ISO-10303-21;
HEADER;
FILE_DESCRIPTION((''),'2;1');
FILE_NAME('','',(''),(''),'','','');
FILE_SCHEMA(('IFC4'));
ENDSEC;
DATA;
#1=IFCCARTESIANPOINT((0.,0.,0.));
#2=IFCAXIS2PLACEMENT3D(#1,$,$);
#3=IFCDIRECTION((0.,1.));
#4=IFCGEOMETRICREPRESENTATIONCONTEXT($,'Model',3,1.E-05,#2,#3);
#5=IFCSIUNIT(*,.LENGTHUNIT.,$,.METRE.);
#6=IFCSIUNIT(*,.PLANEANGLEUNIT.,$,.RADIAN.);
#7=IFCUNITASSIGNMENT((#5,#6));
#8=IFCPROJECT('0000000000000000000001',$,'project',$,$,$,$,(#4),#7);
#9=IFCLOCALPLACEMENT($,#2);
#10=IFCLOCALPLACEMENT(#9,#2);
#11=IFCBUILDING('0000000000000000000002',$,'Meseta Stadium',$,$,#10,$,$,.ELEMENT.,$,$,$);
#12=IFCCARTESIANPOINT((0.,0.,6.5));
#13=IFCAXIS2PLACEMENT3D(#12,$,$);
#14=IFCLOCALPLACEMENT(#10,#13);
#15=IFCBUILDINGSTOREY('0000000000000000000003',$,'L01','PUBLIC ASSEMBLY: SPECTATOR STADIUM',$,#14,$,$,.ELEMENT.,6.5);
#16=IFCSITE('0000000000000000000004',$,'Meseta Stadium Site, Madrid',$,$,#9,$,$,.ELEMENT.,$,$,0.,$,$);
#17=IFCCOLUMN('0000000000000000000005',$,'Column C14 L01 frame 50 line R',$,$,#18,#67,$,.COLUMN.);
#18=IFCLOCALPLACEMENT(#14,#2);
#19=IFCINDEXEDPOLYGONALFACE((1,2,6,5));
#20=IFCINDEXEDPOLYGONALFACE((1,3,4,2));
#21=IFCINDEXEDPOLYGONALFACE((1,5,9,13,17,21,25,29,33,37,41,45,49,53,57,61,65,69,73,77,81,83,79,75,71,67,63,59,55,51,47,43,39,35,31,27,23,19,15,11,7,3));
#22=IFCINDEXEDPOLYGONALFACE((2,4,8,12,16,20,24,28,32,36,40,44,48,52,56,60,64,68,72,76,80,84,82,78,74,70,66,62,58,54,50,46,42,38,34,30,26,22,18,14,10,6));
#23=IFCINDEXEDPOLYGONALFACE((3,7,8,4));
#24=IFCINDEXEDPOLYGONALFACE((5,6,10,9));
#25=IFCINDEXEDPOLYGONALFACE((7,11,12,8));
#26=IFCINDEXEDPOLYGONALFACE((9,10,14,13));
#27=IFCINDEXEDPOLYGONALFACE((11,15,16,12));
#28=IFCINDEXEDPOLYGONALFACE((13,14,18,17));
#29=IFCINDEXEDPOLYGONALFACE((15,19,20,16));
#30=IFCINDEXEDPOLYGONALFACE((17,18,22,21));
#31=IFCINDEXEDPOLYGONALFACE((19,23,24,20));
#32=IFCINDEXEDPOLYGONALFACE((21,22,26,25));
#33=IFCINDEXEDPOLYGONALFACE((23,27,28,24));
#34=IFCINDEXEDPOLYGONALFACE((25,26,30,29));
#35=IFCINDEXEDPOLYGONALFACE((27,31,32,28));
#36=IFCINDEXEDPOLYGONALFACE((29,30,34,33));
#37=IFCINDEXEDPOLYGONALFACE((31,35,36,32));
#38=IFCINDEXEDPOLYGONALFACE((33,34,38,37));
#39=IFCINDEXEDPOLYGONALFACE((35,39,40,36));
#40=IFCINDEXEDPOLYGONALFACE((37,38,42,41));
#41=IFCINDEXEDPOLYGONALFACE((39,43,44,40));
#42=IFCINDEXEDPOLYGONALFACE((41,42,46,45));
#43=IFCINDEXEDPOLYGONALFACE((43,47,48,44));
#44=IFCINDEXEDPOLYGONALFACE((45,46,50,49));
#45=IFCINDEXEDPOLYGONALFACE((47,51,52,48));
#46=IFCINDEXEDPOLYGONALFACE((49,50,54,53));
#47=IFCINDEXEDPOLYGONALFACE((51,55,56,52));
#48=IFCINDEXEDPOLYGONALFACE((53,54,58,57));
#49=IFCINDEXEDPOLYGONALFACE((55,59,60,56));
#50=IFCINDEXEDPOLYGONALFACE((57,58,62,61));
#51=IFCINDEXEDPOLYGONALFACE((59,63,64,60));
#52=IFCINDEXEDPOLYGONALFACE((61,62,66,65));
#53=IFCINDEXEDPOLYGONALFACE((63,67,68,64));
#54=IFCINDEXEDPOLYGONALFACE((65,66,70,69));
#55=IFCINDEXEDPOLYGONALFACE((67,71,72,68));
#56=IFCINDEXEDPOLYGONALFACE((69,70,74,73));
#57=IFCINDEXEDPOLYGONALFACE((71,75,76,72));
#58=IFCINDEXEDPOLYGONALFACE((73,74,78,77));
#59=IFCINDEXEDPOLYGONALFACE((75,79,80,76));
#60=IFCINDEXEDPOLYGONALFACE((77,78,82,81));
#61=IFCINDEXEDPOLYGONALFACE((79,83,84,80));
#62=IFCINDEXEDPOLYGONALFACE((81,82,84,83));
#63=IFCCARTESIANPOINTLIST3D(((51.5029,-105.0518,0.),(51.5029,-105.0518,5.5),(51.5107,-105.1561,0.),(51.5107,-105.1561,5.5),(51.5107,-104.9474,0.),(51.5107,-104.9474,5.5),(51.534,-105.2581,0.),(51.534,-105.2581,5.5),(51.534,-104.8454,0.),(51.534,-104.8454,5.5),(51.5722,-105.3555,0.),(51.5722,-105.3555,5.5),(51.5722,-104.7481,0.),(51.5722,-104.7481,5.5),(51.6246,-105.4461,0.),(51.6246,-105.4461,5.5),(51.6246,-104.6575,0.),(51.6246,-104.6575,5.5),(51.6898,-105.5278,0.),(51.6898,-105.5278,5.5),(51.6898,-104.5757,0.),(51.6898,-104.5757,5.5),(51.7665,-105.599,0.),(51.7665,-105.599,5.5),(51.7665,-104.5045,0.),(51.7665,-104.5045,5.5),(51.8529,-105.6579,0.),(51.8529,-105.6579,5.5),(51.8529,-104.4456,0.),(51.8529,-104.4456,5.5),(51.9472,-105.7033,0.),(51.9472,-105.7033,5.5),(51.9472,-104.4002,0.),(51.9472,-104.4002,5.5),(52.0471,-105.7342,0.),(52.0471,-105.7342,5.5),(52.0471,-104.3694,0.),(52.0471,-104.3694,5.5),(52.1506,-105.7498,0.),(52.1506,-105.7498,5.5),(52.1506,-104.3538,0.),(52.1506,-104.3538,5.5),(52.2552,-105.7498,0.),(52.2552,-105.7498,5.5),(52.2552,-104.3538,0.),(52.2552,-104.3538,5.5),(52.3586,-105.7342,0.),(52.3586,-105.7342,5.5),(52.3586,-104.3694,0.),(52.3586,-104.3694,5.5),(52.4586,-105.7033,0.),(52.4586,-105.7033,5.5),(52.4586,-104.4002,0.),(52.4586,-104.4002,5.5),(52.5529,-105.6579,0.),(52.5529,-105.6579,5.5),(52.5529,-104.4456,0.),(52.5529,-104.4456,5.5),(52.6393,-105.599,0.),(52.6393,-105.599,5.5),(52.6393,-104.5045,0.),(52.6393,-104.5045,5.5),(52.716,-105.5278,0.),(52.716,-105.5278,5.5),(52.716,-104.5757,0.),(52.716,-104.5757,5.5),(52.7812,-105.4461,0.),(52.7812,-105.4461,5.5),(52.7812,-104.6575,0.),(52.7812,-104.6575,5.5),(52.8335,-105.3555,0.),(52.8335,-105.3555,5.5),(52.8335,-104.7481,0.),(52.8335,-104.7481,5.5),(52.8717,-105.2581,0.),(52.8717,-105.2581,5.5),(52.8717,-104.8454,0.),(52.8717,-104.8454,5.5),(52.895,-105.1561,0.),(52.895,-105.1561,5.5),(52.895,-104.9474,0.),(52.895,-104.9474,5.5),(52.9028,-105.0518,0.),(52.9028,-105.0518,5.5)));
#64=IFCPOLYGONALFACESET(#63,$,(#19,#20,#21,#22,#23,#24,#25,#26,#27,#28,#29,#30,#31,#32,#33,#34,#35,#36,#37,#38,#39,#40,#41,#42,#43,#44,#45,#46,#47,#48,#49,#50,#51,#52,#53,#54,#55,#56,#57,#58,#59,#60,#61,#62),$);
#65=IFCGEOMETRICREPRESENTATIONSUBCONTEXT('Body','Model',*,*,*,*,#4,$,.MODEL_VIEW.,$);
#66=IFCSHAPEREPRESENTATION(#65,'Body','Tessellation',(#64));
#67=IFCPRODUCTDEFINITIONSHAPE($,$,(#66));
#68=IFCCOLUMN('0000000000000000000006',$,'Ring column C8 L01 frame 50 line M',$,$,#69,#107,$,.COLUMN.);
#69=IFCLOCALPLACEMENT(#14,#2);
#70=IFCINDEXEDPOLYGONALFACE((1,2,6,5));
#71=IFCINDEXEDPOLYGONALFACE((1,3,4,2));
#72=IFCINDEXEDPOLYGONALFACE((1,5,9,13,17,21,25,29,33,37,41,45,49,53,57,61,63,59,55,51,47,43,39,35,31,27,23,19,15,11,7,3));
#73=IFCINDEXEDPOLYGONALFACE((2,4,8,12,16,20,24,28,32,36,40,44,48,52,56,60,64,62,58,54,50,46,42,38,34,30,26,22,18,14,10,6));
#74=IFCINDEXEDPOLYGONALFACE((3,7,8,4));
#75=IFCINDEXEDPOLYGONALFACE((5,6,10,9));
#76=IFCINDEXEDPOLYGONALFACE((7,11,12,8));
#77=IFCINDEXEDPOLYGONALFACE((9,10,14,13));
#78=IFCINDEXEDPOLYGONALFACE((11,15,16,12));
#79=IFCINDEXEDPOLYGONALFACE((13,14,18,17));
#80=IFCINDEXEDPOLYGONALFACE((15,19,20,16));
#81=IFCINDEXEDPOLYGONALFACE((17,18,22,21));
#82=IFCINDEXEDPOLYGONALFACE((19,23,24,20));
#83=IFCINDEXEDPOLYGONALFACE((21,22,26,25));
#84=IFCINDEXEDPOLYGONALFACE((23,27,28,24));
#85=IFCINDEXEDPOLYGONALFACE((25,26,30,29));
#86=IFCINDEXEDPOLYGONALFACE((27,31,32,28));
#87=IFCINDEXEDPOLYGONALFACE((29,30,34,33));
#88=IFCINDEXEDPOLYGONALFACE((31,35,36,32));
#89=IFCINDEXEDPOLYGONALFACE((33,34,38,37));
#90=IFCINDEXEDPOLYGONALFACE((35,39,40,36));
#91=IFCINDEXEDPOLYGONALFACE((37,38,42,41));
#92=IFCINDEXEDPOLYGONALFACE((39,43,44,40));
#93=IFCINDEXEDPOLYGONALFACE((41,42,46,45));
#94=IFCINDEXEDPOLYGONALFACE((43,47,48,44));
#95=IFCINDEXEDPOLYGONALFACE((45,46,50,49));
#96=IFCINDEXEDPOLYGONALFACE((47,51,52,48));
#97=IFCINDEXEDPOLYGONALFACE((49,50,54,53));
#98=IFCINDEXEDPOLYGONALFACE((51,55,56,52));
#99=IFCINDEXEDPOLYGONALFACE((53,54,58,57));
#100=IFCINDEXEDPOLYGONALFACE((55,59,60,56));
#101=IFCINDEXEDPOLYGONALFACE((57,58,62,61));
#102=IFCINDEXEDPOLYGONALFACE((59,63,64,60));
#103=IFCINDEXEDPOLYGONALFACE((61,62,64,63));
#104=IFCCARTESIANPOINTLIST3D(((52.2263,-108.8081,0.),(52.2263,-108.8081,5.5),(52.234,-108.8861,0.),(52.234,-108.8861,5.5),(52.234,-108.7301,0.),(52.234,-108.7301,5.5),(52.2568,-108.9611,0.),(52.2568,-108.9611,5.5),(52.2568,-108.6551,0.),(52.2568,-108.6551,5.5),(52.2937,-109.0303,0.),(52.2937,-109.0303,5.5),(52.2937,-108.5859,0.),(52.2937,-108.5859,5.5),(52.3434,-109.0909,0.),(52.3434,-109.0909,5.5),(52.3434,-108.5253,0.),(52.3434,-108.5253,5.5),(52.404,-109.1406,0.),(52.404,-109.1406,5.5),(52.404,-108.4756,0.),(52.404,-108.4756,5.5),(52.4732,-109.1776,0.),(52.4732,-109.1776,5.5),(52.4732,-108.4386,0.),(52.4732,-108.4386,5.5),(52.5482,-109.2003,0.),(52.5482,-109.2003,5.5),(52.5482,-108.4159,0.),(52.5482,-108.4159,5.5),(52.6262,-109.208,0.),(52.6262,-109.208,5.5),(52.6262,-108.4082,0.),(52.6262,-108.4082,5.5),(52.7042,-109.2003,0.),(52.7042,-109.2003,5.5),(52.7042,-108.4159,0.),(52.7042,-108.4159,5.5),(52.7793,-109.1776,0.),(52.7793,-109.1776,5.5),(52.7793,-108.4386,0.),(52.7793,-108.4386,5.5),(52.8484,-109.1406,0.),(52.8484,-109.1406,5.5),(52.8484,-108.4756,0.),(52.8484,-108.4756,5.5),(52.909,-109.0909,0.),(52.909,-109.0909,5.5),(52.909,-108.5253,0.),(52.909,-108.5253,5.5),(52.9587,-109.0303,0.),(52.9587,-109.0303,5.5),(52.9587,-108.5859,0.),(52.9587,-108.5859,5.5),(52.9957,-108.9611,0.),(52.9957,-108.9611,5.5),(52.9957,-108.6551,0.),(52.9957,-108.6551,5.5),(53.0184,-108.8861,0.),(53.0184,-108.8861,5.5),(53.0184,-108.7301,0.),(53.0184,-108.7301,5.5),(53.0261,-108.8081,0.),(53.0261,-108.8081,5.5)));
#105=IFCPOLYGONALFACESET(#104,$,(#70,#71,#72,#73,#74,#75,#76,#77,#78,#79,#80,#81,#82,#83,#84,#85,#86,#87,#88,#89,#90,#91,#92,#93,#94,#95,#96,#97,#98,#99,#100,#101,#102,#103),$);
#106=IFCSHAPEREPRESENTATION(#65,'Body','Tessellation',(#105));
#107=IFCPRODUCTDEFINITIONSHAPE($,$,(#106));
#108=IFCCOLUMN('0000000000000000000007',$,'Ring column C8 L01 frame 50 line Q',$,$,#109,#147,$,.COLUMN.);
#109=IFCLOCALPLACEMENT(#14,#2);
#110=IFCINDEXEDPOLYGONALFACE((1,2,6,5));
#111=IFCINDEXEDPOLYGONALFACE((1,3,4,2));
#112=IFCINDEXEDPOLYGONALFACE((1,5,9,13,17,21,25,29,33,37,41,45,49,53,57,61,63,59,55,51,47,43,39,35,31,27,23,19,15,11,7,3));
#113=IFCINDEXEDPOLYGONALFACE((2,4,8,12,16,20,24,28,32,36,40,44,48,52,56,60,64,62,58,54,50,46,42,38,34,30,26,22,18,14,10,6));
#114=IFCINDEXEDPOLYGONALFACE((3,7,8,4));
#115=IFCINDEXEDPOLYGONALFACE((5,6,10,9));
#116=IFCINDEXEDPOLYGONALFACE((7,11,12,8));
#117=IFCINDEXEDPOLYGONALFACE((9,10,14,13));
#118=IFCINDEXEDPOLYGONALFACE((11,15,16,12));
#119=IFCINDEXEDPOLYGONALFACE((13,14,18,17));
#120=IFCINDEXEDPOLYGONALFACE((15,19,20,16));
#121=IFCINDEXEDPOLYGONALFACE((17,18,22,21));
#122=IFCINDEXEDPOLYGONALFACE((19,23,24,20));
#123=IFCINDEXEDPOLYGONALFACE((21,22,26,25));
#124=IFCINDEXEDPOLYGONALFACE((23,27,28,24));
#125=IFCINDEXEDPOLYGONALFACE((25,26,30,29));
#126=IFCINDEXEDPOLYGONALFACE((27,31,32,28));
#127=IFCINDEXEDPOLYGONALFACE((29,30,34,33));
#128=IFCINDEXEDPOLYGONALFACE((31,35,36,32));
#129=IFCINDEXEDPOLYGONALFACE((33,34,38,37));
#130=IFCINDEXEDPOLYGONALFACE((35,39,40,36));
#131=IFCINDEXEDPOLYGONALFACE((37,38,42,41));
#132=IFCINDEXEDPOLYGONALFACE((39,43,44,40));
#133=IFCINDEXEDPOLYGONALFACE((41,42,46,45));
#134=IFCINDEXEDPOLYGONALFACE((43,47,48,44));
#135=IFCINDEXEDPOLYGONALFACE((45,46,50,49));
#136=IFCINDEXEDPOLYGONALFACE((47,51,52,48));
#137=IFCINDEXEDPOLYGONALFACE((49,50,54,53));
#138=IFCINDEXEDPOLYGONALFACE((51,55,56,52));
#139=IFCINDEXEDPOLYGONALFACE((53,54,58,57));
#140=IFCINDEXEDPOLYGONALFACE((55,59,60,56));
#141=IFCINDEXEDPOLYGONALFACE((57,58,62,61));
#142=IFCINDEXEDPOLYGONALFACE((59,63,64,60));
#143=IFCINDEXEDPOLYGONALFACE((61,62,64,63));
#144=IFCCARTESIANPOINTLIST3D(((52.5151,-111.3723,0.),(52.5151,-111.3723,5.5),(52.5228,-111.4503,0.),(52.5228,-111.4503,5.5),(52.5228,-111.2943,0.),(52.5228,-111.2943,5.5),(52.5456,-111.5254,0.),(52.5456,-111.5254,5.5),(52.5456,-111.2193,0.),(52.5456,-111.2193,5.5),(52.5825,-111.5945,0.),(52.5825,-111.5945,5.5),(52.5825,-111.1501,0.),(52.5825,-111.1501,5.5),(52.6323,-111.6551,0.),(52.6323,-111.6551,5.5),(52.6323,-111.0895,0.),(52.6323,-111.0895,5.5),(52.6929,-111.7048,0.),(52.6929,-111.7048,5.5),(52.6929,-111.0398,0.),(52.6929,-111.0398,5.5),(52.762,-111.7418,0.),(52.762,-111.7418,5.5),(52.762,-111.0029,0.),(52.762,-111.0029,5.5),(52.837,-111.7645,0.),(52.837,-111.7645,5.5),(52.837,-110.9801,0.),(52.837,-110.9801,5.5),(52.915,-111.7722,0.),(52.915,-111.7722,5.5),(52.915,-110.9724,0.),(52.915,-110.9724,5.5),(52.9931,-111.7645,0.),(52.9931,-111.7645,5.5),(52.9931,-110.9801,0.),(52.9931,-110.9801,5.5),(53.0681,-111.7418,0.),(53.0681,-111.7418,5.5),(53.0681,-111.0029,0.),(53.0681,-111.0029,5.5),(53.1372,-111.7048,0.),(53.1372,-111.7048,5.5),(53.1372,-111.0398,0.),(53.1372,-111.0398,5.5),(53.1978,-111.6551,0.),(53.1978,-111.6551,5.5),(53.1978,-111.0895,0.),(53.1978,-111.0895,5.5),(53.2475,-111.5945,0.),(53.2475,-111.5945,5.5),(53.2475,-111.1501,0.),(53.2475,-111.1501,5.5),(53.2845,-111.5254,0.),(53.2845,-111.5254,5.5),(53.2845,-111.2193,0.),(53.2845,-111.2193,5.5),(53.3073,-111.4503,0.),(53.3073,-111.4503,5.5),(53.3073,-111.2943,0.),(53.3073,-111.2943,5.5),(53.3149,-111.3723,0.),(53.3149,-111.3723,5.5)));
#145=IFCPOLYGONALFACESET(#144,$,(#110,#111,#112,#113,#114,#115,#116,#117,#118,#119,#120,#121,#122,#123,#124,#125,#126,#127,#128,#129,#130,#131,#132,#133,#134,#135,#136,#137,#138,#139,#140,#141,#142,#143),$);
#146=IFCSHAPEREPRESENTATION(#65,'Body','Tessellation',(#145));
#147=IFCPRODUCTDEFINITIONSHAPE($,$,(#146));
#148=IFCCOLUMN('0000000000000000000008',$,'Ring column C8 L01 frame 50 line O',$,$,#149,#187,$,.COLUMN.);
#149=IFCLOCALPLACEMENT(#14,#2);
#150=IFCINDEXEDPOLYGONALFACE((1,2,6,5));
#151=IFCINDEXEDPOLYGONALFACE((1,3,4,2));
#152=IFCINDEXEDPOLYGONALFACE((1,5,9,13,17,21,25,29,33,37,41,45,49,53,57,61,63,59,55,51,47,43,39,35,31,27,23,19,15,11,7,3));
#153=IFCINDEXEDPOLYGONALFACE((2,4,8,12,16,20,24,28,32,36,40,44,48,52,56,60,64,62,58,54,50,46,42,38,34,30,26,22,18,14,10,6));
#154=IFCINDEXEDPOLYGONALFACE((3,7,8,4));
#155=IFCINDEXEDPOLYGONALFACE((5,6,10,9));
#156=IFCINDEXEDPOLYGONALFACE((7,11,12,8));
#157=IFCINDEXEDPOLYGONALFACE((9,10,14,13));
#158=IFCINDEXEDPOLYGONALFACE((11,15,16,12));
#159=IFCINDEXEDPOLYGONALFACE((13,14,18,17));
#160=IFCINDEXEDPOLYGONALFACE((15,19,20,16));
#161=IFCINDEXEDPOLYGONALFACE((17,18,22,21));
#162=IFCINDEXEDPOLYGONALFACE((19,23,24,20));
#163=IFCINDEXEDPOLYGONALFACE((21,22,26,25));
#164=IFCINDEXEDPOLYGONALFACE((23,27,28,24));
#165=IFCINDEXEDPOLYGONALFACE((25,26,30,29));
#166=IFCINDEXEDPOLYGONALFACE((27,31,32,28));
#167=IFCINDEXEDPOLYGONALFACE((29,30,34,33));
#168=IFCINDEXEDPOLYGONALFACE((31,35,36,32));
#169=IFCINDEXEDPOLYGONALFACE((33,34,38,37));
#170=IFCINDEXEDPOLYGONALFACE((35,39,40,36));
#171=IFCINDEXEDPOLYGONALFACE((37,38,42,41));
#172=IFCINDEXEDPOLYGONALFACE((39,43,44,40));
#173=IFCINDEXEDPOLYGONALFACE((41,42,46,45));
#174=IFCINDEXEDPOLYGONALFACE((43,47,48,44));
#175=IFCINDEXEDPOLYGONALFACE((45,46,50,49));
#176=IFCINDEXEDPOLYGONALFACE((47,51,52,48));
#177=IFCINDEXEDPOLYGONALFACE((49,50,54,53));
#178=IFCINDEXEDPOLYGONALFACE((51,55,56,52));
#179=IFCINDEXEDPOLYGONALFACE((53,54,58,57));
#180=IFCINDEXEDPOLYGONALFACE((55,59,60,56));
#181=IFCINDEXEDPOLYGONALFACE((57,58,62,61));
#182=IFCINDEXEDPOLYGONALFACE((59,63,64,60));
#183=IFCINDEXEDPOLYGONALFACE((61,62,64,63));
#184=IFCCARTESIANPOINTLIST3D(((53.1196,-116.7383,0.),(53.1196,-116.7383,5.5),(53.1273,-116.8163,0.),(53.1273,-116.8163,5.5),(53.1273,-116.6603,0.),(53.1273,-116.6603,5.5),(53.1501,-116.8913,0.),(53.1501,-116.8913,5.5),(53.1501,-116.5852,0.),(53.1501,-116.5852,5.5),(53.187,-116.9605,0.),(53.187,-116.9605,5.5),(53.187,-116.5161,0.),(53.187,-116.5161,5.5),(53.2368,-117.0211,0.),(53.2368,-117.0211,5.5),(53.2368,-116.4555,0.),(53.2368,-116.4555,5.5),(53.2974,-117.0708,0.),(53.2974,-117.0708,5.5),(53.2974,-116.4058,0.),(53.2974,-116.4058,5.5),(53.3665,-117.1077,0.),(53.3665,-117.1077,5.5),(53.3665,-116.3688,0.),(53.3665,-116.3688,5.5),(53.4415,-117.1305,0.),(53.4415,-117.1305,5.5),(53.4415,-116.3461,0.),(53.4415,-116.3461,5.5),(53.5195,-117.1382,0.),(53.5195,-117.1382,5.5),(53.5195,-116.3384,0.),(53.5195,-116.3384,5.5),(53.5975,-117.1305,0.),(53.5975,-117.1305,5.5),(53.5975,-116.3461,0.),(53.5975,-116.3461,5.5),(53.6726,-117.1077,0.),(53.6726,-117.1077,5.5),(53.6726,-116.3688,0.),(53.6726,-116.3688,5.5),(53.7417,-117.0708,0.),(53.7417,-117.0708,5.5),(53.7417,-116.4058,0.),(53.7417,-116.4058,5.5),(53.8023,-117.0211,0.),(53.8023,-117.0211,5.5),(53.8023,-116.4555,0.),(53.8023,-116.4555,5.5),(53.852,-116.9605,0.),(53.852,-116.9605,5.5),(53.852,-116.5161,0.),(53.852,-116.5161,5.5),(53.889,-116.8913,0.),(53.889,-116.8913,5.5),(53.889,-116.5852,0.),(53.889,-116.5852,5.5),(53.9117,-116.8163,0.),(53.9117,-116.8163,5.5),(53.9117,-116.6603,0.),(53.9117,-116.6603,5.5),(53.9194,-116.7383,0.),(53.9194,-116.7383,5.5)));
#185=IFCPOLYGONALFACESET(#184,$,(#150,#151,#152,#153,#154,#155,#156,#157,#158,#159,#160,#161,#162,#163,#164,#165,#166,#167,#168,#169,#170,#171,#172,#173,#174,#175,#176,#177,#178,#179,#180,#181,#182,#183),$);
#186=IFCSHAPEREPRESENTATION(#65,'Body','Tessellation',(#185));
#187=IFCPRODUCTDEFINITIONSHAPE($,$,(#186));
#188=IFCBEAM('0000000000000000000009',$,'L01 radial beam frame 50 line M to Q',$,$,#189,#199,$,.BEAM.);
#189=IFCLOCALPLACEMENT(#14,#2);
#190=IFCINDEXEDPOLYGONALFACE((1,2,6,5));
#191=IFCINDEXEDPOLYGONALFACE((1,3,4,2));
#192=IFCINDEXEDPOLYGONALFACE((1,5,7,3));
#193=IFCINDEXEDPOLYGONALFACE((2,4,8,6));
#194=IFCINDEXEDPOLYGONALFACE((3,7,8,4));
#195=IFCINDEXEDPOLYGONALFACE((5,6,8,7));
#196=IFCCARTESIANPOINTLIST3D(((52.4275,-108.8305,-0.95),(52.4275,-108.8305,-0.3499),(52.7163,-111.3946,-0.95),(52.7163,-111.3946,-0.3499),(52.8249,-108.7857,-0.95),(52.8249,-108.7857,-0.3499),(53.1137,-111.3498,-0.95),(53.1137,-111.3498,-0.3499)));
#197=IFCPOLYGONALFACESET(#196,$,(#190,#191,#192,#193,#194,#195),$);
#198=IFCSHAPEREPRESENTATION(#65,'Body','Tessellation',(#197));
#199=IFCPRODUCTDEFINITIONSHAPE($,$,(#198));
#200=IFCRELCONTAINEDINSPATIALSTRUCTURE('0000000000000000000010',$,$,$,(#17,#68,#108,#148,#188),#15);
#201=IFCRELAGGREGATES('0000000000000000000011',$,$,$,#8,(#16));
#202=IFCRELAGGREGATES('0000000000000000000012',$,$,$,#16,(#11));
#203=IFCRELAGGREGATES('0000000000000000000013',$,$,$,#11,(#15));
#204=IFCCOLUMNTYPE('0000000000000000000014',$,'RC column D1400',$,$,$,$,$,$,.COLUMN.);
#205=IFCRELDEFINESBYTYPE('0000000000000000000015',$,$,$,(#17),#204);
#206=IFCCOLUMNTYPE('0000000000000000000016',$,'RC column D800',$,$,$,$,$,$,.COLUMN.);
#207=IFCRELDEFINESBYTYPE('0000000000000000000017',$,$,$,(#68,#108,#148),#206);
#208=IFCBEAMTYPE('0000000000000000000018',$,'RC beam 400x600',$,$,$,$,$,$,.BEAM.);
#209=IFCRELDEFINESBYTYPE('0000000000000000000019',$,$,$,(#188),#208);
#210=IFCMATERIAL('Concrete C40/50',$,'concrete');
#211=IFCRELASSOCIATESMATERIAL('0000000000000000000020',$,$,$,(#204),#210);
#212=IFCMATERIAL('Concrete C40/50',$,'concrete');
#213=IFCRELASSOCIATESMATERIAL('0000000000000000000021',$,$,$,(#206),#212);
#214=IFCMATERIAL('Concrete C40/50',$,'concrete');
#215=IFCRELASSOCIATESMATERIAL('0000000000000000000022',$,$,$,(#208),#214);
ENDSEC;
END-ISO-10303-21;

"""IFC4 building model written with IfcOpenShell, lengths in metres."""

from ifc_helpers import new_model, si_unit, direction, frame, origin, origin_2d, place, context, subcontext, project, spatial, rectangle, circle, extrude, material, material_profile, profile_set, type_object, element, save


model = new_model("IFC4")

# Units and contexts
model_context = context("Model", 3, precision=1e-05, world=origin(), true_north=direction((0.0, 1.0)))
body_context = subcontext(model_context, "Body", "Model", "MODEL_VIEW")
ifc_project = project(units=[si_unit("LENGTHUNIT", "METRE"), si_unit("PLANEANGLEUNIT", "RADIAN")], contexts=[model_context])

# Site, building, storey
site_placement = place(None, origin())
site = spatial("IfcSite", under=ifc_project, at=site_placement, Name="Meseta Stadium Site, Madrid", CompositionType="ELEMENT", RefElevation=0.0)
building_placement = place(site_placement, origin())
building = spatial("IfcBuilding", under=site, at=building_placement, Name="Meseta Stadium", CompositionType="ELEMENT")
storey_placement = place(building_placement, frame((0.0, 0.0, 6.5)))
storey = spatial("IfcBuildingStorey", under=building, at=storey_placement, Name="L01", Description="PUBLIC ASSEMBLY: SPECTATOR STADIUM", CompositionType="ELEMENT", Elevation=6.5)

# Columns
ifc_material_1 = material(Name="Concrete C40/50", Category="concrete")
ifc_material_profile_1 = material_profile(ifc_material_1, circle(Radius=0.7, at=origin_2d()), Name="RC D1400")
ifc_profile_set_1 = profile_set([ifc_material_profile_1], Name="Concrete C40/50")
column_type_1 = type_object("IfcColumnType", Name="RC column D1400", PredefinedType="COLUMN", material=ifc_profile_set_1)
column_placement = place(storey_placement, frame((52.2029, -105.0518, 0.0), z_axis=(0.0, 0.0, 1.0), x_axis=(1.0, 0.0, 0.0)))
element("IfcColumn", 1, at=column_placement, inside=storey, type_object=column_type_1, Name="Column C14 L01 frame 50 line R", PredefinedType="COLUMN", context=body_context, shape_type="SweptSolid", body=[
    extrude(circle(Radius=0.7, at=origin_2d()), origin(), (0.0, 0.0, 1.0), 5.5),
])
ifc_material_2 = material(Name="Concrete C40/50", Category="concrete")
ifc_material_profile_2 = material_profile(ifc_material_2, circle(Radius=0.3999, at=origin_2d()), Name="RC D800")
ifc_profile_set_2 = profile_set([ifc_material_profile_2], Name="Concrete C40/50")
column_type_2 = type_object("IfcColumnType", Name="RC column D800", PredefinedType="COLUMN", material=ifc_profile_set_2)
for number, where, z_axis, x_axis, name in (
    (2, (52.6262, -108.8081, 0.0), (0.0, 0.0, 1.0), (1.0, 0.0, 0.0), "Ring column C8 L01 frame 50 line M"),
    (3, (52.915, -111.3723, 0.0), (0.0, 0.0, 1.0), (1.0, 0.0, 0.0), "Ring column C8 L01 frame 50 line Q"),
    (4, (53.5195, -116.7383, 0.0), (0.0, 0.0, 1.0), (1.0, 0.0, 0.0), "Ring column C8 L01 frame 50 line O"),
):
    element("IfcColumn", number, at=place(storey_placement, frame(where, z_axis=z_axis, x_axis=x_axis)), inside=storey, type_object=column_type_2, Name=name, PredefinedType="COLUMN", context=body_context, shape_type="SweptSolid", body=[
        extrude(circle(Radius=0.3999, at=origin_2d()), origin(), (0.0, 0.0, 1.0), 5.5),
    ])

# Beam
ifc_material_3 = material(Name="Concrete C40/50", Category="concrete")
ifc_material_profile_3 = material_profile(ifc_material_3, rectangle(XDim=0.3999, YDim=0.6001, at=origin_2d()), Name="RC 400x600")
ifc_profile_set_3 = profile_set([ifc_material_profile_3], Name="Concrete C40/50")
beam_type_1 = type_object("IfcBeamType", Name="RC beam 400x600", PredefinedType="BEAM", material=ifc_profile_set_3)
beam_1_placement = place(storey_placement, frame((52.6262, -108.8081, -0.6499), z_axis=(0.111927, -0.993716, 0.0), x_axis=(0.993716, 0.111927, 0.0)))
element("IfcBeam", 5, at=beam_1_placement, inside=storey, type_object=beam_type_1, Name="L01 radial beam frame 50 line M to Q", PredefinedType="BEAM", context=body_context, shape_type="SweptSolid", body=[
    extrude(rectangle(XDim=0.3999, YDim=0.6001, at=origin_2d()), origin(), (0.0, 0.0, 1.0), 2.5803),
])

save(model, "model.ifc")
